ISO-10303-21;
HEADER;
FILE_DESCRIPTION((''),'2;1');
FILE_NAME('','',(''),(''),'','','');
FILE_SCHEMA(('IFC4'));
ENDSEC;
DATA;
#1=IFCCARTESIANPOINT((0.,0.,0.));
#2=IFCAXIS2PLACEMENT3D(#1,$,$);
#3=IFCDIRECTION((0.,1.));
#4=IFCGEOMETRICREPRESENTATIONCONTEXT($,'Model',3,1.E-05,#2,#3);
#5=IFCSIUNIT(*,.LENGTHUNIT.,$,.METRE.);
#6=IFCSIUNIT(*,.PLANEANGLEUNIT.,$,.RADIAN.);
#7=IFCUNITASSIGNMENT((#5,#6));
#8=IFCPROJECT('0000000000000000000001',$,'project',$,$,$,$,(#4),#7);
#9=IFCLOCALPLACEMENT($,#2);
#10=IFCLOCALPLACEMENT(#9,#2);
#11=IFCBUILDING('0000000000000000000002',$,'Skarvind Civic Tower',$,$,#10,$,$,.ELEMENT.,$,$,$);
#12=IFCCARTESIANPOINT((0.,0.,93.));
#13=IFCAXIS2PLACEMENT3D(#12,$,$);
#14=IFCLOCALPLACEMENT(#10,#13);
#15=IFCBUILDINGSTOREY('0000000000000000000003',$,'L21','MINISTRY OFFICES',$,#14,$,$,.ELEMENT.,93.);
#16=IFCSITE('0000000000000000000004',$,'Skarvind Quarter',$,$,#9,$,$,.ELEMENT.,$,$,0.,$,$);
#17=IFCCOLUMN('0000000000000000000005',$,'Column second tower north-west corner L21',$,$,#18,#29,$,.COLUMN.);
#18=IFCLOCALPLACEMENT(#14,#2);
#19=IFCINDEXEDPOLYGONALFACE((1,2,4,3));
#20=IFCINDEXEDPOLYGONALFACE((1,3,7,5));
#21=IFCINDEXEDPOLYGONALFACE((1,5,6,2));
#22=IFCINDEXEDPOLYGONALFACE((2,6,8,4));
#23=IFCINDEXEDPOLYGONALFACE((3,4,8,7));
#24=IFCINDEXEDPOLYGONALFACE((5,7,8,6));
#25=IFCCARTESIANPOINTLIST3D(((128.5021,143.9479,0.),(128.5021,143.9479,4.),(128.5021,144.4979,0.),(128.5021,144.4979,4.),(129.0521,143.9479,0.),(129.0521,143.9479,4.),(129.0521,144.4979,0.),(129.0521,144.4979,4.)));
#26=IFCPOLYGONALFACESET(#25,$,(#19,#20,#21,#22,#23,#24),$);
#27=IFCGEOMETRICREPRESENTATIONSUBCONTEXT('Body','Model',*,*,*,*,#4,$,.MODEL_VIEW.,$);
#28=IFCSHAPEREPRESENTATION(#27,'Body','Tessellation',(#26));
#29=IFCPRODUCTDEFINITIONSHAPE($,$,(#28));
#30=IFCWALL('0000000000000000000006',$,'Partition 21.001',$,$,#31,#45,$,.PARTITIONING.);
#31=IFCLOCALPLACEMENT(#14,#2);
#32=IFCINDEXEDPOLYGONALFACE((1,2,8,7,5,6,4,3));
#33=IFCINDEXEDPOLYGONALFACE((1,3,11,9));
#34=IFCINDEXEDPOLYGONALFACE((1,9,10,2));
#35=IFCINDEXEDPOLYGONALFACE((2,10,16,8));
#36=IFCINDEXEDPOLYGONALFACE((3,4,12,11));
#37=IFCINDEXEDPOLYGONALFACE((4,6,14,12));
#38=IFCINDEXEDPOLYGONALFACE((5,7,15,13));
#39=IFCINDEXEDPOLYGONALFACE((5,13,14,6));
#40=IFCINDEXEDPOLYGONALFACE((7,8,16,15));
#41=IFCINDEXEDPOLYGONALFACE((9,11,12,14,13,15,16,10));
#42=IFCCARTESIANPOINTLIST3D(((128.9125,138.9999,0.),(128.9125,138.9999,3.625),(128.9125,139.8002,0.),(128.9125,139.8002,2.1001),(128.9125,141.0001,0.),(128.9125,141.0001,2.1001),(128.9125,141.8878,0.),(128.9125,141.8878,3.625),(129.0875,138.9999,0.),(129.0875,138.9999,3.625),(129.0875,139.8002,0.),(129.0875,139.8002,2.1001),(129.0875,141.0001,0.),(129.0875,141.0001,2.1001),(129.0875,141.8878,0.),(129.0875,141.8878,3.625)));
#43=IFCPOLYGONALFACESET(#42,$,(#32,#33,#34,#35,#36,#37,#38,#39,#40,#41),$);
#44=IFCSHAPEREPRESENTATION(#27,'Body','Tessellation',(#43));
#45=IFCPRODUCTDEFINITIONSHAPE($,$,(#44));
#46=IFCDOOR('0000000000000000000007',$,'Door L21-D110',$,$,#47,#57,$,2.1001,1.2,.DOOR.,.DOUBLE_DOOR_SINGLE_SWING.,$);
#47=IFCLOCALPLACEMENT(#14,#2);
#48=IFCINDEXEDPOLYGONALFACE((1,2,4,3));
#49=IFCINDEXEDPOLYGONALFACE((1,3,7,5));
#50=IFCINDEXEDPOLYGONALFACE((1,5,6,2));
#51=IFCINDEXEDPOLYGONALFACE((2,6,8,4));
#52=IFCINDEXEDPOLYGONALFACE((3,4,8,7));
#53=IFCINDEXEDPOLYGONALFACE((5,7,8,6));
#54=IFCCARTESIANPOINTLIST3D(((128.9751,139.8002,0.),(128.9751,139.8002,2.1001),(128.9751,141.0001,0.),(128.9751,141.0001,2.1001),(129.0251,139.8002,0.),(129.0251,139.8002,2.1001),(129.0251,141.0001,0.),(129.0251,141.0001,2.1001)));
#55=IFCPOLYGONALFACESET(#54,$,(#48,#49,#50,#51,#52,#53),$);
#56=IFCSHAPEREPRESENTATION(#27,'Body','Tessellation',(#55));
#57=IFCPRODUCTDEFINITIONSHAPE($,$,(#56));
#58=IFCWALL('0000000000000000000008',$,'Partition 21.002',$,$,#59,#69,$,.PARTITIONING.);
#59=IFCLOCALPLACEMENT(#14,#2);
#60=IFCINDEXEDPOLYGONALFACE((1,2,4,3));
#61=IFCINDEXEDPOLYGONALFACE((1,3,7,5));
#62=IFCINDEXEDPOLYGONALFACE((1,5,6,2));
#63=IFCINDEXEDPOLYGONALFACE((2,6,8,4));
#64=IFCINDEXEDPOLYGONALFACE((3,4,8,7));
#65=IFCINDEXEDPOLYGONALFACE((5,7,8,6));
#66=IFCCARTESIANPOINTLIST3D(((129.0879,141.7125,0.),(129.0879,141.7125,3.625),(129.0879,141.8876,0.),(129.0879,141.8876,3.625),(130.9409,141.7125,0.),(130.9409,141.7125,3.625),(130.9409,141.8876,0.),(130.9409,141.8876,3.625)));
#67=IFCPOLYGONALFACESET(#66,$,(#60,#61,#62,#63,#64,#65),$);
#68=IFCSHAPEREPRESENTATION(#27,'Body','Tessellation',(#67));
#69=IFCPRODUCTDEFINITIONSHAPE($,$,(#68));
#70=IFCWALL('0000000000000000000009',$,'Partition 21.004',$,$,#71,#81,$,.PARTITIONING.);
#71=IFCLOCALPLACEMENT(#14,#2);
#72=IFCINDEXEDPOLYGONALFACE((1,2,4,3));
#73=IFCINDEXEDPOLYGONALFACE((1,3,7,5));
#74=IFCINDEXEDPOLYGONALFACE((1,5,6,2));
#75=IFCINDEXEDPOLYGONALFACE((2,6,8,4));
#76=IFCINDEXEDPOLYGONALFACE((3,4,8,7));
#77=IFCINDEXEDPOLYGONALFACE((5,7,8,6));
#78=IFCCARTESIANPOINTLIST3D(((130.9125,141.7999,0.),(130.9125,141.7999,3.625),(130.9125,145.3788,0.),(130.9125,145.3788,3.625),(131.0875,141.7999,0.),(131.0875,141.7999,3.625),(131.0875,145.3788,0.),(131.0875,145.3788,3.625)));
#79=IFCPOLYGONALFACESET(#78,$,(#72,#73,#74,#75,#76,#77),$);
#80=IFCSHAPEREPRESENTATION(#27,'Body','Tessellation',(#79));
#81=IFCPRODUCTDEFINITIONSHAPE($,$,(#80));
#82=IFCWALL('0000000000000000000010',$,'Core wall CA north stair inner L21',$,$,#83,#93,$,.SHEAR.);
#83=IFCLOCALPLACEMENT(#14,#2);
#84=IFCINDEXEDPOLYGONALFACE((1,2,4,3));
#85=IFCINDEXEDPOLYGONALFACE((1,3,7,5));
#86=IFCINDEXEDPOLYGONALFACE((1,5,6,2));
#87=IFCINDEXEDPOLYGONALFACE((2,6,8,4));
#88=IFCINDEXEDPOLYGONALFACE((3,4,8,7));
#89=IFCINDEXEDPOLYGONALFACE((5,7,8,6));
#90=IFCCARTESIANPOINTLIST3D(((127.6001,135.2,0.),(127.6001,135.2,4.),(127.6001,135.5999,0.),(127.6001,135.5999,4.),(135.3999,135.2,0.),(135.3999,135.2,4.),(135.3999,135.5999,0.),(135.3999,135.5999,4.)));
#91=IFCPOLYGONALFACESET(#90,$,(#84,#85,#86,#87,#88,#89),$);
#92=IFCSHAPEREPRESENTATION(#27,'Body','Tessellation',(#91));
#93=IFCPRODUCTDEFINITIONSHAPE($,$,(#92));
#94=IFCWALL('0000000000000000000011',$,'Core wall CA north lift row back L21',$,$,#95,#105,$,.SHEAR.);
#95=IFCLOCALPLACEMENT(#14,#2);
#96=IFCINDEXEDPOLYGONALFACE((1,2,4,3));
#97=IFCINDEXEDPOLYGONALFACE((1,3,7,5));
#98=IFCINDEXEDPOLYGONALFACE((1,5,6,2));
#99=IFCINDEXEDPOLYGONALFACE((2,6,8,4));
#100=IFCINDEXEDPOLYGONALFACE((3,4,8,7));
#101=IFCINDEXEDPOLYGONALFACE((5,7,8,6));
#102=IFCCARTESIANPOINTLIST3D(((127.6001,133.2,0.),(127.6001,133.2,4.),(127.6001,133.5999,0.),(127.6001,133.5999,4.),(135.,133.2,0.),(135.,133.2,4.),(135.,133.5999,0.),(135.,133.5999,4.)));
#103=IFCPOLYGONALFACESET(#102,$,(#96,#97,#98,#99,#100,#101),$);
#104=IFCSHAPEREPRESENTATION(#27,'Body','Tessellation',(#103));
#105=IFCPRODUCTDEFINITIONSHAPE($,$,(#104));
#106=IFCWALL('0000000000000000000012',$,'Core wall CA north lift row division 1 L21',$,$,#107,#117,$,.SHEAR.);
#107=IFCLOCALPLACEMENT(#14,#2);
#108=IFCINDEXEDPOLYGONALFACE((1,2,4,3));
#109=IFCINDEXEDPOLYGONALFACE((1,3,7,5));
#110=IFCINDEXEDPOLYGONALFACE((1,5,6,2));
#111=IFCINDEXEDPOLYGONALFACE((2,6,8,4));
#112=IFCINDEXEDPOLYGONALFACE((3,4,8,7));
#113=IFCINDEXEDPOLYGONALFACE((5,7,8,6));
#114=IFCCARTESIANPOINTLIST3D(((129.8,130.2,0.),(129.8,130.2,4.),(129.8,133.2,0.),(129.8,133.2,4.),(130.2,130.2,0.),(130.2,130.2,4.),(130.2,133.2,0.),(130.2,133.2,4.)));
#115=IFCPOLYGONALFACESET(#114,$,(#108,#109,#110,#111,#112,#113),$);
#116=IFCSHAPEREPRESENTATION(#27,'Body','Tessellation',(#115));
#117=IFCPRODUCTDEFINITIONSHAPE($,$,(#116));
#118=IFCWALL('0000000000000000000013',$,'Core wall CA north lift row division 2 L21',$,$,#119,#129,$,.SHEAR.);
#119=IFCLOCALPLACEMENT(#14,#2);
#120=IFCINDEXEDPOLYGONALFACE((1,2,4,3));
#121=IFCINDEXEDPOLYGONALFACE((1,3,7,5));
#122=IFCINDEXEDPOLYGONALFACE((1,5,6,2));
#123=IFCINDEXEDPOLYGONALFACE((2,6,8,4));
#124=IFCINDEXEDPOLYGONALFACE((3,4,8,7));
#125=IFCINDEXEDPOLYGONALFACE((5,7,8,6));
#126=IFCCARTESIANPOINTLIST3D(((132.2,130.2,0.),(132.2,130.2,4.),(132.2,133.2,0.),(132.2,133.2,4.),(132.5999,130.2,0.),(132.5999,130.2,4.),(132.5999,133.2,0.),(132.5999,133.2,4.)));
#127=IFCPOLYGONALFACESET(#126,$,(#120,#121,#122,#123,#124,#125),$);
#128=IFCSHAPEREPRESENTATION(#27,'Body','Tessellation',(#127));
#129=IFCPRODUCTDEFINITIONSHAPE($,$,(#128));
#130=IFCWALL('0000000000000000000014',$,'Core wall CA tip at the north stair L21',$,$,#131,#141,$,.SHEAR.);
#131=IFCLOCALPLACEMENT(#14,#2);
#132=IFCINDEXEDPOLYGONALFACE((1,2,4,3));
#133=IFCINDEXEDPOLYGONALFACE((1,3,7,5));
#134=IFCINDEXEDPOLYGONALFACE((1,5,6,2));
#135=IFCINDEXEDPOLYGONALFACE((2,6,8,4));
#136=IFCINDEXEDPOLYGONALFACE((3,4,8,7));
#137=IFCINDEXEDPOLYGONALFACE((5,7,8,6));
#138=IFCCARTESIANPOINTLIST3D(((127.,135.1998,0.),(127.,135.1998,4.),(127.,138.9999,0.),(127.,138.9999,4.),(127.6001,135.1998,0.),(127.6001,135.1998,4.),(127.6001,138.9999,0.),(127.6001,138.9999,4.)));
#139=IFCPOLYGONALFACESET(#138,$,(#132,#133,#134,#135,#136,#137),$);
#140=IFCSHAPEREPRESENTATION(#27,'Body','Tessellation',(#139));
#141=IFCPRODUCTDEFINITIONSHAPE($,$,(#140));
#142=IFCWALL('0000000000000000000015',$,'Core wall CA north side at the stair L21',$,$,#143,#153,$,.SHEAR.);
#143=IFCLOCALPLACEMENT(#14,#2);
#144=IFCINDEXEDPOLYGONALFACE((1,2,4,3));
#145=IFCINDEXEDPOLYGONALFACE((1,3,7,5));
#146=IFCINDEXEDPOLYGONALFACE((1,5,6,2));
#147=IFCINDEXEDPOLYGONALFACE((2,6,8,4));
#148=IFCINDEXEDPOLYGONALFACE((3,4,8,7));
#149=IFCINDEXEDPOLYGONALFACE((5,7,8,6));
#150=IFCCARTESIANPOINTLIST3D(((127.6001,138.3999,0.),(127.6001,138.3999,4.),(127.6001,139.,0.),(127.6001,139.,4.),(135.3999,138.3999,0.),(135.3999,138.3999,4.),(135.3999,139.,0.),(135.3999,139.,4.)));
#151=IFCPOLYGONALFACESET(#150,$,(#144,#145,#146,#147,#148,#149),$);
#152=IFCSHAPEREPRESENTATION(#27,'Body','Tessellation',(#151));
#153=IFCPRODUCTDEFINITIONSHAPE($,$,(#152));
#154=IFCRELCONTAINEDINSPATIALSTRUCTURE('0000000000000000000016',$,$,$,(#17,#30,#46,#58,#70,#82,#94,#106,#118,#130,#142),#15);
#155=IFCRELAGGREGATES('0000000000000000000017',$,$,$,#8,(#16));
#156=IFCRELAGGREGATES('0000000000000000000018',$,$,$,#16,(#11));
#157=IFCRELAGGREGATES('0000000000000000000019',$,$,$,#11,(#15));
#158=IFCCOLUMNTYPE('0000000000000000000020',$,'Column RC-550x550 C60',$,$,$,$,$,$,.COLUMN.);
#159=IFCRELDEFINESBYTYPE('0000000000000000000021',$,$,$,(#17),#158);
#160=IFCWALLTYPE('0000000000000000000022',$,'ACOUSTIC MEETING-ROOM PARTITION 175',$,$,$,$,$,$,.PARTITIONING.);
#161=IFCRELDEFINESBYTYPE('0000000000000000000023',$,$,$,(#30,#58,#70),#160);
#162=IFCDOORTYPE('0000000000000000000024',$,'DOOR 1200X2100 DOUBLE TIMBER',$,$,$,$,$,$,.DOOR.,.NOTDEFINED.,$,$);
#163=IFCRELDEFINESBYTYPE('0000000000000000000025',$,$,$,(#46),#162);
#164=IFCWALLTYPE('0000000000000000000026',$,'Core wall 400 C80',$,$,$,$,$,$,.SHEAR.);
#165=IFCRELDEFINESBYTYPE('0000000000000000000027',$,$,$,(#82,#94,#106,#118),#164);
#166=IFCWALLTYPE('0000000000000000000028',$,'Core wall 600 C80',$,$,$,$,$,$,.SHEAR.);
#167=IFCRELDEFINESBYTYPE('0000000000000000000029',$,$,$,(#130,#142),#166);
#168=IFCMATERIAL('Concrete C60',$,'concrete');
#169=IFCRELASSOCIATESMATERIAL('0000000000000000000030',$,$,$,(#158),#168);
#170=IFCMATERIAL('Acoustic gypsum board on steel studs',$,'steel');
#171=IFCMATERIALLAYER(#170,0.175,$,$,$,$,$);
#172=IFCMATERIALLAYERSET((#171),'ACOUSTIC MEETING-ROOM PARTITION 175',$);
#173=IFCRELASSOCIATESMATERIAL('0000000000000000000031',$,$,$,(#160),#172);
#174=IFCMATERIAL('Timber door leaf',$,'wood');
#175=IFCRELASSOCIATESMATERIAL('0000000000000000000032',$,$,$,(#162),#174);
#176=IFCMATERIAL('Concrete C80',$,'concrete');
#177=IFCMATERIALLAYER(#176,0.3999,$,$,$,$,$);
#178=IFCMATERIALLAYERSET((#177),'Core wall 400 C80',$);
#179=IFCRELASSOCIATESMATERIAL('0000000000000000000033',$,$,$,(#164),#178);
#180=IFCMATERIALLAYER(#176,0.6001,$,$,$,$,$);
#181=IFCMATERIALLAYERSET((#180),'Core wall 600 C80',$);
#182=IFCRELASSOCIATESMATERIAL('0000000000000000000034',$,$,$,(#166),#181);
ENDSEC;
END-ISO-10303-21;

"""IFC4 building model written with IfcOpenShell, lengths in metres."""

from ifc_helpers import new_model, si_unit, direction, frame, frame_2d, origin, origin_2d, place, context, subcontext, project, spatial, rectangle, extrude, material, layer, layer_set, material_profile, profile_set, type_object, element, fill, save


model = new_model("IFC4")

# Units and contexts
model_context = context("Model", 3, precision=1e-05, world=origin(), true_north=direction((0.0, 1.0)))
body_context = subcontext(model_context, "Body", "Model", "MODEL_VIEW")
ifc_project = project(units=[si_unit("LENGTHUNIT", "METRE"), si_unit("PLANEANGLEUNIT", "RADIAN")], contexts=[model_context])

# Site, building, storey
site_placement = place(None, origin())
site = spatial("IfcSite", under=ifc_project, at=site_placement, Name="Skarvind Quarter", CompositionType="ELEMENT", RefElevation=0.0)
building_placement = place(site_placement, origin())
building = spatial("IfcBuilding", under=site, at=building_placement, Name="Skarvind Civic Tower", CompositionType="ELEMENT")
storey_placement = place(building_placement, frame((0.0, 0.0, 93.0)))
storey = spatial("IfcBuildingStorey", under=building, at=storey_placement, Name="L21", Description="MINISTRY OFFICES", CompositionType="ELEMENT", Elevation=93.0)

# Column
ifc_material_1 = material(Name="Concrete C60", Category="concrete")
ifc_material_profile = material_profile(ifc_material_1, rectangle(XDim=0.55, YDim=0.55, at=origin_2d()), Name="RC-550x550")
ifc_profile_set = profile_set([ifc_material_profile], Name="Concrete C60")
column_type = type_object("IfcColumnType", Name="Column RC-550x550 C60", PredefinedType="COLUMN", material=ifc_profile_set)
column_placement = place(storey_placement, frame((128.7771, 144.2229, 0.0), z_axis=(0.0, 0.0, 1.0), x_axis=(1.0, 0.0, 0.0)))
element("IfcColumn", 1, at=column_placement, inside=storey, type_object=column_type, Name="Column second tower north-west corner L21", PredefinedType="COLUMN", context=body_context, shape_type="SweptSolid", body=[
    extrude(rectangle(XDim=0.55, YDim=0.55, at=origin_2d()), origin(), (0.0, 0.0, 1.0), 4.0),
])

# Wall, opening, door
ifc_material_2 = material(Name="Acoustic gypsum board on steel studs", Category="steel")
ifc_layer_1 = layer(ifc_material_2, 0.175)
ifc_layer_set_1 = layer_set([ifc_layer_1], Name="ACOUSTIC MEETING-ROOM PARTITION 175")
wall_type_1 = type_object("IfcWallType", Name="ACOUSTIC MEETING-ROOM PARTITION 175", PredefinedType="PARTITIONING", material=ifc_layer_set_1)
wall_1_placement = place(storey_placement, frame((129.0, 139.0, 0.0), z_axis=(0.0, 0.0, 1.0), x_axis=(0.0, 1.0, 0.0)))
wall_1 = element("IfcWall", 2, at=wall_1_placement, inside=storey, type_object=wall_type_1, Name="Partition 21.001", PredefinedType="PARTITIONING", context=body_context, shape_type="SweptSolid", body=[
    extrude(rectangle(XDim=2.8879, YDim=0.175, at=frame_2d((1.4438, 0.0))), origin(), (0.0, 0.0, 1.0), 3.625),
])
opening_1_placement = place(wall_1_placement, frame((0.8, 0.0, 0.0)))
opening_1 = element("IfcOpeningElement", 3, at=opening_1_placement, cuts=wall_1, PredefinedType="OPENING", context=body_context, shape_type="SweptSolid", body=[
    extrude(rectangle(XDim=1.2, YDim=2.1001, at=frame_2d((0.6001, 1.05))), frame((0.0, 0.0974, 0.0), z_axis=(0.0, -1.0, 0.0), x_axis=(1.0, 0.0, 0.0)), (0.0, 0.0, 1.0), 0.1951),
])
ifc_material_3 = material(Name="Timber door leaf", Category="wood")
door_type_1 = type_object("IfcDoorType", Name="DOOR 1200X2100 DOUBLE TIMBER", OperationType="NOTDEFINED", PredefinedType="DOOR", material=ifc_material_3)
door_1_placement = place(opening_1_placement, origin())
door_1 = element("IfcDoor", 4, at=door_1_placement, inside=storey, type_object=door_type_1, Name="Door L21-D110", OperationType="DOUBLE_DOOR_SINGLE_SWING", OverallHeight=2.1001, OverallWidth=1.2, PredefinedType="DOOR", context=body_context, shape_type="SweptSolid", body=[
    extrude(rectangle(XDim=1.2, YDim=2.1001, at=frame_2d((0.6001, 1.05))), frame((0.0, 0.0249, 0.0), z_axis=(0.0, -1.0, 0.0), x_axis=(1.0, 0.0, 0.0)), (0.0, 0.0, 1.0), 0.05),
])
fill(opening_1, door_1)

# Walls
wall_2_placement = place(storey_placement, frame((129.0879, 141.8, 0.0), z_axis=(0.0, 0.0, 1.0), x_axis=(1.0, 0.0, 0.0)))
element("IfcWall", 5, at=wall_2_placement, inside=storey, type_object=wall_type_1, Name="Partition 21.002", PredefinedType="PARTITIONING", context=body_context, shape_type="SweptSolid", body=[
    extrude(rectangle(XDim=1.853, YDim=0.175, at=frame_2d((0.9265, 0.0))), origin(), (0.0, 0.0, 1.0), 3.625),
])
wall_3_placement = place(storey_placement, frame((131.0, 145.3789, 0.0), z_axis=(0.0, 0.0, 1.0), x_axis=(0.0, -1.0, 0.0)))
element("IfcWall", 6, at=wall_3_placement, inside=storey, type_object=wall_type_1, Name="Partition 21.004", PredefinedType="PARTITIONING", context=body_context, shape_type="SweptSolid", body=[
    extrude(rectangle(XDim=3.5789, YDim=0.175, at=frame_2d((1.7896, 0.0))), origin(), (0.0, 0.0, 1.0), 3.625),
])
ifc_material_4 = material(Name="Concrete C80", Category="concrete")
ifc_layer_2 = layer(ifc_material_4, 0.3999)
ifc_layer_set_2 = layer_set([ifc_layer_2], Name="Core wall 400 C80")
wall_type_2 = type_object("IfcWallType", Name="Core wall 400 C80", PredefinedType="SHEAR", material=ifc_layer_set_2)
wall_4_placement = place(storey_placement, frame((127.6001, 135.3999, 0.0), z_axis=(0.0, 0.0, 1.0), x_axis=(1.0, 0.0, 0.0)))
element("IfcWall", 7, at=wall_4_placement, inside=storey, type_object=wall_type_2, Name="Core wall CA north stair inner L21", PredefinedType="SHEAR", context=body_context, shape_type="SweptSolid", body=[
    extrude(rectangle(XDim=7.7998, YDim=0.3999, at=frame_2d((3.8999, 0.0))), origin(), (0.0, 0.0, 1.0), 4.0),
])
wall_5_placement = place(storey_placement, frame((127.6001, 133.3999, 0.0), z_axis=(0.0, 0.0, 1.0), x_axis=(1.0, 0.0, 0.0)))
element("IfcWall", 8, at=wall_5_placement, inside=storey, type_object=wall_type_2, Name="Core wall CA north lift row back L21", PredefinedType="SHEAR", context=body_context, shape_type="SweptSolid", body=[
    extrude(rectangle(XDim=7.3999, YDim=0.3999, at=frame_2d((3.7, 0.0))), origin(), (0.0, 0.0, 1.0), 4.0),
])
for number, where, z_axis, x_axis, name in (
    (9, (130.0, 130.2, 0.0), (0.0, 0.0, 1.0), (0.0, 1.0, 0.0), "Core wall CA north lift row division 1 L21"),
    (10, (132.3999, 130.2, 0.0), (0.0, 0.0, 1.0), (0.0, 1.0, 0.0), "Core wall CA north lift row division 2 L21"),
):
    element("IfcWall", number, at=place(storey_placement, frame(where, z_axis=z_axis, x_axis=x_axis)), inside=storey, type_object=wall_type_2, Name=name, PredefinedType="SHEAR", context=body_context, shape_type="SweptSolid", body=[
        extrude(rectangle(XDim=3.0, YDim=0.3999, at=frame_2d((1.5, 0.0))), origin(), (0.0, 0.0, 1.0), 4.0),
    ])
ifc_layer_3 = layer(ifc_material_4, 0.6001)
ifc_layer_set_3 = layer_set([ifc_layer_3], Name="Core wall 600 C80")
wall_type_3 = type_object("IfcWallType", Name="Core wall 600 C80", PredefinedType="SHEAR", material=ifc_layer_set_3)
wall_6_placement = place(storey_placement, frame((127.3, 135.2, 0.0), z_axis=(0.0, 0.0, 1.0), x_axis=(0.0, 1.0, 0.0)))
element("IfcWall", 11, at=wall_6_placement, inside=storey, type_object=wall_type_3, Name="Core wall CA tip at the north stair L21", PredefinedType="SHEAR", context=body_context, shape_type="SweptSolid", body=[
    extrude(rectangle(XDim=3.8, YDim=0.6001, at=frame_2d((1.8999, 0.0))), origin(), (0.0, 0.0, 1.0), 4.0),
])
wall_7_placement = place(storey_placement, frame((127.6001, 138.7, 0.0), z_axis=(0.0, 0.0, 1.0), x_axis=(1.0, 0.0, 0.0)))
element("IfcWall", 12, at=wall_7_placement, inside=storey, type_object=wall_type_3, Name="Core wall CA north side at the stair L21", PredefinedType="SHEAR", context=body_context, shape_type="SweptSolid", body=[
    extrude(rectangle(XDim=7.7998, YDim=0.6001, at=frame_2d((3.8999, 0.0))), origin(), (0.0, 0.0, 1.0), 4.0),
])

save(model, "model.ifc")
